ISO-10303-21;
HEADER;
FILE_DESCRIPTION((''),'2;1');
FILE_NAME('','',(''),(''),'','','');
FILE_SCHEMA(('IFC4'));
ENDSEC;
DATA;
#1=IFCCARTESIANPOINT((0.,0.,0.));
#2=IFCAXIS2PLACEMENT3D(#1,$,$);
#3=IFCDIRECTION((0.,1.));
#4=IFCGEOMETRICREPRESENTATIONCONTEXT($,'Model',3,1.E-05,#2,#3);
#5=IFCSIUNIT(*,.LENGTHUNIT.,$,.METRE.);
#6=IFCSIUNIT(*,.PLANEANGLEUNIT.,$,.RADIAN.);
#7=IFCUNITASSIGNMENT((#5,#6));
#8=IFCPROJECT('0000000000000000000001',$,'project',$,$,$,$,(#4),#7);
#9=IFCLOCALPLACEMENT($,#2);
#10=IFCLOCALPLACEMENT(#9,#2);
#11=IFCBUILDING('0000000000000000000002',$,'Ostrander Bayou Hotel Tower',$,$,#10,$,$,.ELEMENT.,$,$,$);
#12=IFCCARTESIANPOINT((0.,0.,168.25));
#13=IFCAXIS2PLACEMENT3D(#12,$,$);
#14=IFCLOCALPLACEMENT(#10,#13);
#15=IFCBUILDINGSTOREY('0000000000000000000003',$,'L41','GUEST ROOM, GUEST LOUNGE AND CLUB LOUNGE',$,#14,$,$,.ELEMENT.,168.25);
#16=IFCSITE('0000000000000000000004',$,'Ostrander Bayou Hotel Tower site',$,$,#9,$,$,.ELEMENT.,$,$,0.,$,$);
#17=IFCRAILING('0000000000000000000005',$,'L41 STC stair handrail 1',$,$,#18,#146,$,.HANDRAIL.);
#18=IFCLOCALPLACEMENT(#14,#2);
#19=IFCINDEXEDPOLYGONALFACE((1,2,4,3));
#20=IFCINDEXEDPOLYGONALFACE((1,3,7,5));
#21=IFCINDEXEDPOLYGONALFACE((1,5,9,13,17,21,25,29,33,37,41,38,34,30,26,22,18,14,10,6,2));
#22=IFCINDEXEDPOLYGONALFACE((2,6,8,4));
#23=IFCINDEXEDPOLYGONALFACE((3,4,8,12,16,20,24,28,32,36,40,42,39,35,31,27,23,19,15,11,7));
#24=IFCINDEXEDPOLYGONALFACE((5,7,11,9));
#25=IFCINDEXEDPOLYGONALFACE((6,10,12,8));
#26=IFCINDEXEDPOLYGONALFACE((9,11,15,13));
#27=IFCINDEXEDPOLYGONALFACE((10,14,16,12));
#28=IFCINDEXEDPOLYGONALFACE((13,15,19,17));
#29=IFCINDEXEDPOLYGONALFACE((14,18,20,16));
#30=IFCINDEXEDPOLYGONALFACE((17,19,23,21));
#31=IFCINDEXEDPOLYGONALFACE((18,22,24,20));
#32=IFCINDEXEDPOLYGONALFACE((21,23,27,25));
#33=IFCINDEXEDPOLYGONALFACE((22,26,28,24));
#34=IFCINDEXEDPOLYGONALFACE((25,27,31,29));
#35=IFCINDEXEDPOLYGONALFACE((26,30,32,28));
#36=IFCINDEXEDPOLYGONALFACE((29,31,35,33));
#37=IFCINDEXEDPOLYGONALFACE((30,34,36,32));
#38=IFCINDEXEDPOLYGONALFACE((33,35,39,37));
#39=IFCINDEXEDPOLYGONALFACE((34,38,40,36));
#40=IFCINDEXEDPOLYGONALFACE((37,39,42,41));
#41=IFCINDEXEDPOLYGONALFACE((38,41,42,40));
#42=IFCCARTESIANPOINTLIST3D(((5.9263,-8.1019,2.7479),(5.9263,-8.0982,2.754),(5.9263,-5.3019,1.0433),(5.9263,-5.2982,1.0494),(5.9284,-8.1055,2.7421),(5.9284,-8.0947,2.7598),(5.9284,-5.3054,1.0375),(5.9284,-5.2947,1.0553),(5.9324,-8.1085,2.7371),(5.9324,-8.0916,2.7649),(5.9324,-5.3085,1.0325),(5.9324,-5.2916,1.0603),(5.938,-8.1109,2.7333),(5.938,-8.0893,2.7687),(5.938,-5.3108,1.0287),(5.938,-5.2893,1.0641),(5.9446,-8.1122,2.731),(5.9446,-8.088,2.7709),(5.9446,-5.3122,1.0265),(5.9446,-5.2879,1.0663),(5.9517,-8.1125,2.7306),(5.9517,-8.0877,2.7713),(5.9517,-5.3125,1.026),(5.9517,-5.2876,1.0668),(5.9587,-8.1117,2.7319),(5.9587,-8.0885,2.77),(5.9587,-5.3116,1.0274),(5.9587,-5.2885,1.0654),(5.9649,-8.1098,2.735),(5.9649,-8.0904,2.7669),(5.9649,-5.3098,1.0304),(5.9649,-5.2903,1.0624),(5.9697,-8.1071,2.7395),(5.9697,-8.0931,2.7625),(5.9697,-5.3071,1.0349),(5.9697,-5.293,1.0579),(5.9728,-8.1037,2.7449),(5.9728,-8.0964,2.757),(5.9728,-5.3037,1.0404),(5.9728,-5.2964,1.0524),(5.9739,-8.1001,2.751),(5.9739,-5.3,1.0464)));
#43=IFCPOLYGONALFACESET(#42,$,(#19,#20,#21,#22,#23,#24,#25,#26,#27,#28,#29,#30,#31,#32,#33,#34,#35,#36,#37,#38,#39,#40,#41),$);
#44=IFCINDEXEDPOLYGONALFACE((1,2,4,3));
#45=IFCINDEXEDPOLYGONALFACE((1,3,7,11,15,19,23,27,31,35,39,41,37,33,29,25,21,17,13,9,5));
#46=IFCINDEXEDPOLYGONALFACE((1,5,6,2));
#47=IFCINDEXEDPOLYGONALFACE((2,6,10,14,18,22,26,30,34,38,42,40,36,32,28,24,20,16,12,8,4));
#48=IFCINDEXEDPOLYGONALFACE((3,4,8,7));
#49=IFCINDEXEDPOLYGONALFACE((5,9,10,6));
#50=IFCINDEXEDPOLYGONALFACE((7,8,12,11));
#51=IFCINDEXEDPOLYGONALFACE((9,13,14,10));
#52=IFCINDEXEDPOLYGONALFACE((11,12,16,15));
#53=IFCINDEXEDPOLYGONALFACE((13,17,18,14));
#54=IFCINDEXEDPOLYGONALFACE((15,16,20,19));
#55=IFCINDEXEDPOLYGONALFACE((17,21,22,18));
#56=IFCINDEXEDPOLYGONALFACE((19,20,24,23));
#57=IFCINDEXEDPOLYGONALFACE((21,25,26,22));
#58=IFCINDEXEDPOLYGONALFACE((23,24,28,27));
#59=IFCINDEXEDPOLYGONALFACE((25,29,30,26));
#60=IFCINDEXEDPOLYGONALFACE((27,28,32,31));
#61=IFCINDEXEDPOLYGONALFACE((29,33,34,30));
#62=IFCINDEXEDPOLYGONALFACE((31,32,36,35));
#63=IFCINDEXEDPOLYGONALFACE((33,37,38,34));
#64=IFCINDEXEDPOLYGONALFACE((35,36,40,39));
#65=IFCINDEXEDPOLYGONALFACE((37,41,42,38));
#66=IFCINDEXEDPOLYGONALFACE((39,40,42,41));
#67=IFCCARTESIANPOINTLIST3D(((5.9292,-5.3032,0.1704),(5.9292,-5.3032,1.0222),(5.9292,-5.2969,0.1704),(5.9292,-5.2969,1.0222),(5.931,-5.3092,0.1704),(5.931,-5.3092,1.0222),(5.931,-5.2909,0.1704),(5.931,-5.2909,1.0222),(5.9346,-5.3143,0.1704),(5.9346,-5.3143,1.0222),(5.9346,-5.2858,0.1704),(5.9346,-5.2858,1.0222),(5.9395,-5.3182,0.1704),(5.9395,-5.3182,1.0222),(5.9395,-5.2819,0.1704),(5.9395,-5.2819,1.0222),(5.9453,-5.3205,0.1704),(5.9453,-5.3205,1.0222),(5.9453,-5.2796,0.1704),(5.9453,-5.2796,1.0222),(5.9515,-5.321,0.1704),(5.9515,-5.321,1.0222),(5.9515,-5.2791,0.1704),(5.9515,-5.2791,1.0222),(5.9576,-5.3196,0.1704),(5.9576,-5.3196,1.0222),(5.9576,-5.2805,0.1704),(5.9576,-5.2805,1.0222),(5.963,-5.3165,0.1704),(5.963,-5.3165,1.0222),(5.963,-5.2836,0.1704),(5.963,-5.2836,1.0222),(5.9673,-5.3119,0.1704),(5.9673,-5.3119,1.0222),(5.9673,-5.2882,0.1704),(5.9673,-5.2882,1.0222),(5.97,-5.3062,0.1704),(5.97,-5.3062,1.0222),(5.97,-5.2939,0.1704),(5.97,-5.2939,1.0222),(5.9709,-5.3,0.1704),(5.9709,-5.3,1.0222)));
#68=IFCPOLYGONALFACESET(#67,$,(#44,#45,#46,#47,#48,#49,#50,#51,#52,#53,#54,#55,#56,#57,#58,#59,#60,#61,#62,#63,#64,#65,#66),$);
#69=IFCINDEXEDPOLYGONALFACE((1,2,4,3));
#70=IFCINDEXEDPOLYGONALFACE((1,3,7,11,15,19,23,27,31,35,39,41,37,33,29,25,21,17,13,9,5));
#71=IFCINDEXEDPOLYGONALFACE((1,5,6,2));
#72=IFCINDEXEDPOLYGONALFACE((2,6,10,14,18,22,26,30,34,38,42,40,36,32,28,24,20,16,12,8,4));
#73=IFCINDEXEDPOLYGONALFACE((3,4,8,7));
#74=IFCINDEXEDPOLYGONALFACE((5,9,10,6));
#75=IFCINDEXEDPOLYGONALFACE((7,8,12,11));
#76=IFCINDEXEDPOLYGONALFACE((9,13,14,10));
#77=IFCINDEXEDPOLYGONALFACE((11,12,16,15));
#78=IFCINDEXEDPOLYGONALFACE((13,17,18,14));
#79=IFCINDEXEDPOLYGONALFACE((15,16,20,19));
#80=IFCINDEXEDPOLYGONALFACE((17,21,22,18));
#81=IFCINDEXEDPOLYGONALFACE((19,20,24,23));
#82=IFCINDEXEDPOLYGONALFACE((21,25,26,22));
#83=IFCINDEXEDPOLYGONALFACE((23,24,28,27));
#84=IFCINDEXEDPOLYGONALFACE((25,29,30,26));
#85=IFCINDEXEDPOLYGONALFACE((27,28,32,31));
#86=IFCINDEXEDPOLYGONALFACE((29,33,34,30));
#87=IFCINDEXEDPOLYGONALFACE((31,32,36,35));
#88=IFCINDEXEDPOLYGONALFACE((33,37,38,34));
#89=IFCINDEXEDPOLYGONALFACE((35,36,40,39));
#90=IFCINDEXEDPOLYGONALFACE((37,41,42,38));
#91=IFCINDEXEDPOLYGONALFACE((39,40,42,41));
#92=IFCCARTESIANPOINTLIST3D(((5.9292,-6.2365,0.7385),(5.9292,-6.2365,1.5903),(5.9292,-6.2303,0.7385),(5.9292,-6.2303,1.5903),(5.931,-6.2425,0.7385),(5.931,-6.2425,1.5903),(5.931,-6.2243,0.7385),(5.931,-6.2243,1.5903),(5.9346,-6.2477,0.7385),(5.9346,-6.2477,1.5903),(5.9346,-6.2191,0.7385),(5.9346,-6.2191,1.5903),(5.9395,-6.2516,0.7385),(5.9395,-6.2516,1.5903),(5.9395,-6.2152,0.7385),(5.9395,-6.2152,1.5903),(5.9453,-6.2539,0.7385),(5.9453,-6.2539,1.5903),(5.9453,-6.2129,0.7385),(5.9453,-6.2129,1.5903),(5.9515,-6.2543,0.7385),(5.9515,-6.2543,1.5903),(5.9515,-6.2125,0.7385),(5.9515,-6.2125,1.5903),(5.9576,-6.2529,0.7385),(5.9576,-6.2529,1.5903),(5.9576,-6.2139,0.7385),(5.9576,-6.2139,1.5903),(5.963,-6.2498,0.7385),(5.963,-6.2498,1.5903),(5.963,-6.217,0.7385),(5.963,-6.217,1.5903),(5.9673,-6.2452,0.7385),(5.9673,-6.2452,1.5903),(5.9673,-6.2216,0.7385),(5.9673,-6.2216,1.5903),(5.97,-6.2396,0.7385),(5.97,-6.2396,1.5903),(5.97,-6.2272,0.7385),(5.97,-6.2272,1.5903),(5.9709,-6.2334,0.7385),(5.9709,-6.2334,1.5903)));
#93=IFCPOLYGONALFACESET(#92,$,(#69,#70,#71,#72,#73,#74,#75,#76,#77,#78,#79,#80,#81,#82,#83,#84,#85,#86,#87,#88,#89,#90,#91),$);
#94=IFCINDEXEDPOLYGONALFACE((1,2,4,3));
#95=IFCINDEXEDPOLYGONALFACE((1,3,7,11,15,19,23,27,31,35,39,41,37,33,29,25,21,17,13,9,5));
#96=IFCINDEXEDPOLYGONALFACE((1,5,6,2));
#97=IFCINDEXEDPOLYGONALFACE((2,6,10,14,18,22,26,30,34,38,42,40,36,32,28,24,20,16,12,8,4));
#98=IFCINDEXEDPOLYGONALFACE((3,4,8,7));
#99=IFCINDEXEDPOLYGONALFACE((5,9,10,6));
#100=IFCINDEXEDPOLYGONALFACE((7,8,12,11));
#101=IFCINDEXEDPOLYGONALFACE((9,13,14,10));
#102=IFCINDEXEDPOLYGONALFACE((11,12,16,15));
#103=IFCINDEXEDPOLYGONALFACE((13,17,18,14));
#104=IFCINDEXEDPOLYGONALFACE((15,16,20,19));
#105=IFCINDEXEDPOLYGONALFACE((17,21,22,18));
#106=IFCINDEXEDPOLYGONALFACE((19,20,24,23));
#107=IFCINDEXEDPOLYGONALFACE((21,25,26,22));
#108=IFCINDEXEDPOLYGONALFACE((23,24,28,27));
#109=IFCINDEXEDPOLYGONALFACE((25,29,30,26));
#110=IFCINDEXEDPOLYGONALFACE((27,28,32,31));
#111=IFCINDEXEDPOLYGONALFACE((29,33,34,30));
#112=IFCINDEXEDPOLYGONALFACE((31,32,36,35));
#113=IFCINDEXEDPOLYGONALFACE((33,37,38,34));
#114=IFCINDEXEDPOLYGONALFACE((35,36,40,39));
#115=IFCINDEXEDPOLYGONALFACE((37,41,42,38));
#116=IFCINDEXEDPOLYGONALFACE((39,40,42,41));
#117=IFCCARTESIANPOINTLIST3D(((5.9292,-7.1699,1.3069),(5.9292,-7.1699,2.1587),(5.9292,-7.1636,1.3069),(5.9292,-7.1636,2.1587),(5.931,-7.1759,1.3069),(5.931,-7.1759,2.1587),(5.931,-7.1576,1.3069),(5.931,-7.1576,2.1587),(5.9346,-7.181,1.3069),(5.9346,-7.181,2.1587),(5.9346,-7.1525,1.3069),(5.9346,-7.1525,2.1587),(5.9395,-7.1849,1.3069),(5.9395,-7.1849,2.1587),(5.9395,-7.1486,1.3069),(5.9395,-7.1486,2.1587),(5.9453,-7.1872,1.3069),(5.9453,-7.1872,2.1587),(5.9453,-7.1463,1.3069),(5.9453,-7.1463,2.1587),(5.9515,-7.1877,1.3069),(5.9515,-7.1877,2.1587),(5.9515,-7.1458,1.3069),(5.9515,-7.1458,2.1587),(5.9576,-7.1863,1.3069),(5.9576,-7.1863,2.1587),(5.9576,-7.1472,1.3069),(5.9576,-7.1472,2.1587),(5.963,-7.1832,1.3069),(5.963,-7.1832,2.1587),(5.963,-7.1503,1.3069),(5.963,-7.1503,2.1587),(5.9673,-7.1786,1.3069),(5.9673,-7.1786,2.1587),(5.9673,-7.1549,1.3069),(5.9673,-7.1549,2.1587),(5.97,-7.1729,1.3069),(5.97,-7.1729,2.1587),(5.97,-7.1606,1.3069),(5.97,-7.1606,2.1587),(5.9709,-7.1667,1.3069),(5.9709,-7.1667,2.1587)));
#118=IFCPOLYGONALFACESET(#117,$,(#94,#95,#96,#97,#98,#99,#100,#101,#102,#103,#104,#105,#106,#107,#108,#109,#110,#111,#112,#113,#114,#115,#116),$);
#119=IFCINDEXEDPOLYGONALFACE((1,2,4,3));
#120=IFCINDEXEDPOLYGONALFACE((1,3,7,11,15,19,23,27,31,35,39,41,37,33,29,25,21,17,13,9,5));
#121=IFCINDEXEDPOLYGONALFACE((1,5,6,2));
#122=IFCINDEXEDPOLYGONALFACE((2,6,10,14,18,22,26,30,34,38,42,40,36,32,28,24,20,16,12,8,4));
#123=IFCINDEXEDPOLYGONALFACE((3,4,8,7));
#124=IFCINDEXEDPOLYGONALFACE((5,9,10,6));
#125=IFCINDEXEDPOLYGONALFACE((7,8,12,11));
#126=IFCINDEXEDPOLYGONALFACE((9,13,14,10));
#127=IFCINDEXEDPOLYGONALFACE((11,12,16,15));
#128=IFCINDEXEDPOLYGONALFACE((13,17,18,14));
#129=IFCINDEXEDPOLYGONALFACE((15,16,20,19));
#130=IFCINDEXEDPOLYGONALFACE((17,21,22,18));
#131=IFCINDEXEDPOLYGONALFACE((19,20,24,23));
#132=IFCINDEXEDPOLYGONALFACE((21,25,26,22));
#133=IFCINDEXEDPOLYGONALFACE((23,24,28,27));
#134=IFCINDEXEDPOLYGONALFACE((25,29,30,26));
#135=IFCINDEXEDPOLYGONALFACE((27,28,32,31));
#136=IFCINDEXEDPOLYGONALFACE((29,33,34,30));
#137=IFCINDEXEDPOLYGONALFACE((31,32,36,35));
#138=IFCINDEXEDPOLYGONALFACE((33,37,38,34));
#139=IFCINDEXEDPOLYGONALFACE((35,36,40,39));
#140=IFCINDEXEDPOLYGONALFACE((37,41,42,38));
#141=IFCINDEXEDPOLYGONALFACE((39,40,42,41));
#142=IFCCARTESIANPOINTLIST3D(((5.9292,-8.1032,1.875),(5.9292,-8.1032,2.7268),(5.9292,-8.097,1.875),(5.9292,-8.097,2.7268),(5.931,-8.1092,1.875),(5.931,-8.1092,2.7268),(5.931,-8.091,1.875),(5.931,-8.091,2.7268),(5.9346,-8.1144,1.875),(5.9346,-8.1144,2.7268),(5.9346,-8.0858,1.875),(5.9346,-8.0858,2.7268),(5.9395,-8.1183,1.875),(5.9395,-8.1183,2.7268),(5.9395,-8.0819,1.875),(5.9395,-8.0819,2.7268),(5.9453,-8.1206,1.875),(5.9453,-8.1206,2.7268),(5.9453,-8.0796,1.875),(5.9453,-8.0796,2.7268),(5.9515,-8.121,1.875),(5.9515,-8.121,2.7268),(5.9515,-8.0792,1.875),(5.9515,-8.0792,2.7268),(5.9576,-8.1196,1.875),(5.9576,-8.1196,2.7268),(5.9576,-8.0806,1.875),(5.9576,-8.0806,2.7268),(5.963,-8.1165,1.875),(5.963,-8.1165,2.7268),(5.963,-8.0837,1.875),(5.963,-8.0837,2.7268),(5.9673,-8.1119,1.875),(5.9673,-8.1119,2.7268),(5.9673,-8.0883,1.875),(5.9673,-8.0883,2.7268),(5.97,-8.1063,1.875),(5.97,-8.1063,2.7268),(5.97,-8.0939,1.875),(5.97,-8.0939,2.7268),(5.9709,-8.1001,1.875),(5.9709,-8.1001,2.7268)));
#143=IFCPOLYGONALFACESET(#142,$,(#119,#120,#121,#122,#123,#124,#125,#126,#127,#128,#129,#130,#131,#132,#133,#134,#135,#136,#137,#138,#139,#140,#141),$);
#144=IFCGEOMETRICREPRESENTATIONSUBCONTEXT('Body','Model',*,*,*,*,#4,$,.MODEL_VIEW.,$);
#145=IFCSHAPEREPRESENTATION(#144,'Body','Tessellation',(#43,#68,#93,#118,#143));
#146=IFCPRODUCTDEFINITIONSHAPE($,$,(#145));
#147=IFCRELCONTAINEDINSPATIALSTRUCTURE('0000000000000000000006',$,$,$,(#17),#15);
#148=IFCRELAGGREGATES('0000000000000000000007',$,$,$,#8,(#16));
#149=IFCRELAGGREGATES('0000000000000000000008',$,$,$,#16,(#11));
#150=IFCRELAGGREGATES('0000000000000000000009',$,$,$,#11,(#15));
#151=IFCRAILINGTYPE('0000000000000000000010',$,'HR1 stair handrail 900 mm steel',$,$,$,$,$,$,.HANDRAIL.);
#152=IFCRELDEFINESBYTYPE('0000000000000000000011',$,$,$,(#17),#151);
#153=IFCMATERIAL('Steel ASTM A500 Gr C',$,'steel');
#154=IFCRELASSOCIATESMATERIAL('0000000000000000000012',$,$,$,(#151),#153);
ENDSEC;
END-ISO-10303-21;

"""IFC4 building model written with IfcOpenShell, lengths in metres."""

from ifc_helpers import new_model, si_unit, direction, frame, origin, origin_2d, place, context, subcontext, project, spatial, circle, extrude, material, type_object, element, save


model = new_model("IFC4")

# Units and contexts
model_context = context("Model", 3, precision=1e-05, world=origin(), true_north=direction((0.0, 1.0)))
body_context = subcontext(model_context, "Body", "Model", "MODEL_VIEW")
ifc_project = project(units=[si_unit("LENGTHUNIT", "METRE"), si_unit("PLANEANGLEUNIT", "RADIAN")], contexts=[model_context])

# Site, building, storey
site_placement = place(None, origin())
site = spatial("IfcSite", under=ifc_project, at=site_placement, Name="Ostrander Bayou Hotel Tower site", CompositionType="ELEMENT", RefElevation=0.0)
building_placement = place(site_placement, origin())
building = spatial("IfcBuilding", under=site, at=building_placement, Name="Ostrander Bayou Hotel Tower", CompositionType="ELEMENT")
storey_placement = place(building_placement, frame((0.0, 0.0, 168.25)))
storey = spatial("IfcBuildingStorey", under=building, at=storey_placement, Name="L41", Description="GUEST ROOM, GUEST LOUNGE AND CLUB LOUNGE", CompositionType="ELEMENT", Elevation=168.25)

# Railing
ifc_material_1 = material(Name="Steel ASTM A500 Gr C", Category="steel")
railing_type_1 = type_object("IfcRailingType", Name="HR1 stair handrail 900 mm steel", PredefinedType="HANDRAIL", material=ifc_material_1)
railing_1_placement = place(storey_placement, frame((5.95, -5.3, 0.1704)))
element("IfcRailing", 1, at=railing_1_placement, inside=storey, type_object=railing_type_1, Name="L41 STC stair handrail 1", PredefinedType="HANDRAIL", context=body_context, shape_type="SweptSolid", body=[
    extrude(circle(Radius=0.0239, at=origin_2d()), frame((0.0, 0.0, 0.876), z_axis=(0.0, -0.85417, 0.519994), x_axis=(1.0, 0.0, 0.0)), (0.0, 0.0, 1.0), 3.2781),
    extrude(circle(Radius=0.021, at=origin_2d()), origin(), (0.0, 0.0, 1.0), 0.8518),
    extrude(circle(Radius=0.021, at=origin_2d()), frame((0.0, -0.9333, 0.5681)), (0.0, 0.0, 1.0), 0.8518),
    extrude(circle(Radius=0.021, at=origin_2d()), frame((0.0, -1.8667, 1.1365)), (0.0, 0.0, 1.0), 0.8518),
    extrude(circle(Radius=0.021, at=origin_2d()), frame((0.0, -2.8, 1.7046)), (0.0, 0.0, 1.0), 0.8518),
])

save(model, "model.ifc")
